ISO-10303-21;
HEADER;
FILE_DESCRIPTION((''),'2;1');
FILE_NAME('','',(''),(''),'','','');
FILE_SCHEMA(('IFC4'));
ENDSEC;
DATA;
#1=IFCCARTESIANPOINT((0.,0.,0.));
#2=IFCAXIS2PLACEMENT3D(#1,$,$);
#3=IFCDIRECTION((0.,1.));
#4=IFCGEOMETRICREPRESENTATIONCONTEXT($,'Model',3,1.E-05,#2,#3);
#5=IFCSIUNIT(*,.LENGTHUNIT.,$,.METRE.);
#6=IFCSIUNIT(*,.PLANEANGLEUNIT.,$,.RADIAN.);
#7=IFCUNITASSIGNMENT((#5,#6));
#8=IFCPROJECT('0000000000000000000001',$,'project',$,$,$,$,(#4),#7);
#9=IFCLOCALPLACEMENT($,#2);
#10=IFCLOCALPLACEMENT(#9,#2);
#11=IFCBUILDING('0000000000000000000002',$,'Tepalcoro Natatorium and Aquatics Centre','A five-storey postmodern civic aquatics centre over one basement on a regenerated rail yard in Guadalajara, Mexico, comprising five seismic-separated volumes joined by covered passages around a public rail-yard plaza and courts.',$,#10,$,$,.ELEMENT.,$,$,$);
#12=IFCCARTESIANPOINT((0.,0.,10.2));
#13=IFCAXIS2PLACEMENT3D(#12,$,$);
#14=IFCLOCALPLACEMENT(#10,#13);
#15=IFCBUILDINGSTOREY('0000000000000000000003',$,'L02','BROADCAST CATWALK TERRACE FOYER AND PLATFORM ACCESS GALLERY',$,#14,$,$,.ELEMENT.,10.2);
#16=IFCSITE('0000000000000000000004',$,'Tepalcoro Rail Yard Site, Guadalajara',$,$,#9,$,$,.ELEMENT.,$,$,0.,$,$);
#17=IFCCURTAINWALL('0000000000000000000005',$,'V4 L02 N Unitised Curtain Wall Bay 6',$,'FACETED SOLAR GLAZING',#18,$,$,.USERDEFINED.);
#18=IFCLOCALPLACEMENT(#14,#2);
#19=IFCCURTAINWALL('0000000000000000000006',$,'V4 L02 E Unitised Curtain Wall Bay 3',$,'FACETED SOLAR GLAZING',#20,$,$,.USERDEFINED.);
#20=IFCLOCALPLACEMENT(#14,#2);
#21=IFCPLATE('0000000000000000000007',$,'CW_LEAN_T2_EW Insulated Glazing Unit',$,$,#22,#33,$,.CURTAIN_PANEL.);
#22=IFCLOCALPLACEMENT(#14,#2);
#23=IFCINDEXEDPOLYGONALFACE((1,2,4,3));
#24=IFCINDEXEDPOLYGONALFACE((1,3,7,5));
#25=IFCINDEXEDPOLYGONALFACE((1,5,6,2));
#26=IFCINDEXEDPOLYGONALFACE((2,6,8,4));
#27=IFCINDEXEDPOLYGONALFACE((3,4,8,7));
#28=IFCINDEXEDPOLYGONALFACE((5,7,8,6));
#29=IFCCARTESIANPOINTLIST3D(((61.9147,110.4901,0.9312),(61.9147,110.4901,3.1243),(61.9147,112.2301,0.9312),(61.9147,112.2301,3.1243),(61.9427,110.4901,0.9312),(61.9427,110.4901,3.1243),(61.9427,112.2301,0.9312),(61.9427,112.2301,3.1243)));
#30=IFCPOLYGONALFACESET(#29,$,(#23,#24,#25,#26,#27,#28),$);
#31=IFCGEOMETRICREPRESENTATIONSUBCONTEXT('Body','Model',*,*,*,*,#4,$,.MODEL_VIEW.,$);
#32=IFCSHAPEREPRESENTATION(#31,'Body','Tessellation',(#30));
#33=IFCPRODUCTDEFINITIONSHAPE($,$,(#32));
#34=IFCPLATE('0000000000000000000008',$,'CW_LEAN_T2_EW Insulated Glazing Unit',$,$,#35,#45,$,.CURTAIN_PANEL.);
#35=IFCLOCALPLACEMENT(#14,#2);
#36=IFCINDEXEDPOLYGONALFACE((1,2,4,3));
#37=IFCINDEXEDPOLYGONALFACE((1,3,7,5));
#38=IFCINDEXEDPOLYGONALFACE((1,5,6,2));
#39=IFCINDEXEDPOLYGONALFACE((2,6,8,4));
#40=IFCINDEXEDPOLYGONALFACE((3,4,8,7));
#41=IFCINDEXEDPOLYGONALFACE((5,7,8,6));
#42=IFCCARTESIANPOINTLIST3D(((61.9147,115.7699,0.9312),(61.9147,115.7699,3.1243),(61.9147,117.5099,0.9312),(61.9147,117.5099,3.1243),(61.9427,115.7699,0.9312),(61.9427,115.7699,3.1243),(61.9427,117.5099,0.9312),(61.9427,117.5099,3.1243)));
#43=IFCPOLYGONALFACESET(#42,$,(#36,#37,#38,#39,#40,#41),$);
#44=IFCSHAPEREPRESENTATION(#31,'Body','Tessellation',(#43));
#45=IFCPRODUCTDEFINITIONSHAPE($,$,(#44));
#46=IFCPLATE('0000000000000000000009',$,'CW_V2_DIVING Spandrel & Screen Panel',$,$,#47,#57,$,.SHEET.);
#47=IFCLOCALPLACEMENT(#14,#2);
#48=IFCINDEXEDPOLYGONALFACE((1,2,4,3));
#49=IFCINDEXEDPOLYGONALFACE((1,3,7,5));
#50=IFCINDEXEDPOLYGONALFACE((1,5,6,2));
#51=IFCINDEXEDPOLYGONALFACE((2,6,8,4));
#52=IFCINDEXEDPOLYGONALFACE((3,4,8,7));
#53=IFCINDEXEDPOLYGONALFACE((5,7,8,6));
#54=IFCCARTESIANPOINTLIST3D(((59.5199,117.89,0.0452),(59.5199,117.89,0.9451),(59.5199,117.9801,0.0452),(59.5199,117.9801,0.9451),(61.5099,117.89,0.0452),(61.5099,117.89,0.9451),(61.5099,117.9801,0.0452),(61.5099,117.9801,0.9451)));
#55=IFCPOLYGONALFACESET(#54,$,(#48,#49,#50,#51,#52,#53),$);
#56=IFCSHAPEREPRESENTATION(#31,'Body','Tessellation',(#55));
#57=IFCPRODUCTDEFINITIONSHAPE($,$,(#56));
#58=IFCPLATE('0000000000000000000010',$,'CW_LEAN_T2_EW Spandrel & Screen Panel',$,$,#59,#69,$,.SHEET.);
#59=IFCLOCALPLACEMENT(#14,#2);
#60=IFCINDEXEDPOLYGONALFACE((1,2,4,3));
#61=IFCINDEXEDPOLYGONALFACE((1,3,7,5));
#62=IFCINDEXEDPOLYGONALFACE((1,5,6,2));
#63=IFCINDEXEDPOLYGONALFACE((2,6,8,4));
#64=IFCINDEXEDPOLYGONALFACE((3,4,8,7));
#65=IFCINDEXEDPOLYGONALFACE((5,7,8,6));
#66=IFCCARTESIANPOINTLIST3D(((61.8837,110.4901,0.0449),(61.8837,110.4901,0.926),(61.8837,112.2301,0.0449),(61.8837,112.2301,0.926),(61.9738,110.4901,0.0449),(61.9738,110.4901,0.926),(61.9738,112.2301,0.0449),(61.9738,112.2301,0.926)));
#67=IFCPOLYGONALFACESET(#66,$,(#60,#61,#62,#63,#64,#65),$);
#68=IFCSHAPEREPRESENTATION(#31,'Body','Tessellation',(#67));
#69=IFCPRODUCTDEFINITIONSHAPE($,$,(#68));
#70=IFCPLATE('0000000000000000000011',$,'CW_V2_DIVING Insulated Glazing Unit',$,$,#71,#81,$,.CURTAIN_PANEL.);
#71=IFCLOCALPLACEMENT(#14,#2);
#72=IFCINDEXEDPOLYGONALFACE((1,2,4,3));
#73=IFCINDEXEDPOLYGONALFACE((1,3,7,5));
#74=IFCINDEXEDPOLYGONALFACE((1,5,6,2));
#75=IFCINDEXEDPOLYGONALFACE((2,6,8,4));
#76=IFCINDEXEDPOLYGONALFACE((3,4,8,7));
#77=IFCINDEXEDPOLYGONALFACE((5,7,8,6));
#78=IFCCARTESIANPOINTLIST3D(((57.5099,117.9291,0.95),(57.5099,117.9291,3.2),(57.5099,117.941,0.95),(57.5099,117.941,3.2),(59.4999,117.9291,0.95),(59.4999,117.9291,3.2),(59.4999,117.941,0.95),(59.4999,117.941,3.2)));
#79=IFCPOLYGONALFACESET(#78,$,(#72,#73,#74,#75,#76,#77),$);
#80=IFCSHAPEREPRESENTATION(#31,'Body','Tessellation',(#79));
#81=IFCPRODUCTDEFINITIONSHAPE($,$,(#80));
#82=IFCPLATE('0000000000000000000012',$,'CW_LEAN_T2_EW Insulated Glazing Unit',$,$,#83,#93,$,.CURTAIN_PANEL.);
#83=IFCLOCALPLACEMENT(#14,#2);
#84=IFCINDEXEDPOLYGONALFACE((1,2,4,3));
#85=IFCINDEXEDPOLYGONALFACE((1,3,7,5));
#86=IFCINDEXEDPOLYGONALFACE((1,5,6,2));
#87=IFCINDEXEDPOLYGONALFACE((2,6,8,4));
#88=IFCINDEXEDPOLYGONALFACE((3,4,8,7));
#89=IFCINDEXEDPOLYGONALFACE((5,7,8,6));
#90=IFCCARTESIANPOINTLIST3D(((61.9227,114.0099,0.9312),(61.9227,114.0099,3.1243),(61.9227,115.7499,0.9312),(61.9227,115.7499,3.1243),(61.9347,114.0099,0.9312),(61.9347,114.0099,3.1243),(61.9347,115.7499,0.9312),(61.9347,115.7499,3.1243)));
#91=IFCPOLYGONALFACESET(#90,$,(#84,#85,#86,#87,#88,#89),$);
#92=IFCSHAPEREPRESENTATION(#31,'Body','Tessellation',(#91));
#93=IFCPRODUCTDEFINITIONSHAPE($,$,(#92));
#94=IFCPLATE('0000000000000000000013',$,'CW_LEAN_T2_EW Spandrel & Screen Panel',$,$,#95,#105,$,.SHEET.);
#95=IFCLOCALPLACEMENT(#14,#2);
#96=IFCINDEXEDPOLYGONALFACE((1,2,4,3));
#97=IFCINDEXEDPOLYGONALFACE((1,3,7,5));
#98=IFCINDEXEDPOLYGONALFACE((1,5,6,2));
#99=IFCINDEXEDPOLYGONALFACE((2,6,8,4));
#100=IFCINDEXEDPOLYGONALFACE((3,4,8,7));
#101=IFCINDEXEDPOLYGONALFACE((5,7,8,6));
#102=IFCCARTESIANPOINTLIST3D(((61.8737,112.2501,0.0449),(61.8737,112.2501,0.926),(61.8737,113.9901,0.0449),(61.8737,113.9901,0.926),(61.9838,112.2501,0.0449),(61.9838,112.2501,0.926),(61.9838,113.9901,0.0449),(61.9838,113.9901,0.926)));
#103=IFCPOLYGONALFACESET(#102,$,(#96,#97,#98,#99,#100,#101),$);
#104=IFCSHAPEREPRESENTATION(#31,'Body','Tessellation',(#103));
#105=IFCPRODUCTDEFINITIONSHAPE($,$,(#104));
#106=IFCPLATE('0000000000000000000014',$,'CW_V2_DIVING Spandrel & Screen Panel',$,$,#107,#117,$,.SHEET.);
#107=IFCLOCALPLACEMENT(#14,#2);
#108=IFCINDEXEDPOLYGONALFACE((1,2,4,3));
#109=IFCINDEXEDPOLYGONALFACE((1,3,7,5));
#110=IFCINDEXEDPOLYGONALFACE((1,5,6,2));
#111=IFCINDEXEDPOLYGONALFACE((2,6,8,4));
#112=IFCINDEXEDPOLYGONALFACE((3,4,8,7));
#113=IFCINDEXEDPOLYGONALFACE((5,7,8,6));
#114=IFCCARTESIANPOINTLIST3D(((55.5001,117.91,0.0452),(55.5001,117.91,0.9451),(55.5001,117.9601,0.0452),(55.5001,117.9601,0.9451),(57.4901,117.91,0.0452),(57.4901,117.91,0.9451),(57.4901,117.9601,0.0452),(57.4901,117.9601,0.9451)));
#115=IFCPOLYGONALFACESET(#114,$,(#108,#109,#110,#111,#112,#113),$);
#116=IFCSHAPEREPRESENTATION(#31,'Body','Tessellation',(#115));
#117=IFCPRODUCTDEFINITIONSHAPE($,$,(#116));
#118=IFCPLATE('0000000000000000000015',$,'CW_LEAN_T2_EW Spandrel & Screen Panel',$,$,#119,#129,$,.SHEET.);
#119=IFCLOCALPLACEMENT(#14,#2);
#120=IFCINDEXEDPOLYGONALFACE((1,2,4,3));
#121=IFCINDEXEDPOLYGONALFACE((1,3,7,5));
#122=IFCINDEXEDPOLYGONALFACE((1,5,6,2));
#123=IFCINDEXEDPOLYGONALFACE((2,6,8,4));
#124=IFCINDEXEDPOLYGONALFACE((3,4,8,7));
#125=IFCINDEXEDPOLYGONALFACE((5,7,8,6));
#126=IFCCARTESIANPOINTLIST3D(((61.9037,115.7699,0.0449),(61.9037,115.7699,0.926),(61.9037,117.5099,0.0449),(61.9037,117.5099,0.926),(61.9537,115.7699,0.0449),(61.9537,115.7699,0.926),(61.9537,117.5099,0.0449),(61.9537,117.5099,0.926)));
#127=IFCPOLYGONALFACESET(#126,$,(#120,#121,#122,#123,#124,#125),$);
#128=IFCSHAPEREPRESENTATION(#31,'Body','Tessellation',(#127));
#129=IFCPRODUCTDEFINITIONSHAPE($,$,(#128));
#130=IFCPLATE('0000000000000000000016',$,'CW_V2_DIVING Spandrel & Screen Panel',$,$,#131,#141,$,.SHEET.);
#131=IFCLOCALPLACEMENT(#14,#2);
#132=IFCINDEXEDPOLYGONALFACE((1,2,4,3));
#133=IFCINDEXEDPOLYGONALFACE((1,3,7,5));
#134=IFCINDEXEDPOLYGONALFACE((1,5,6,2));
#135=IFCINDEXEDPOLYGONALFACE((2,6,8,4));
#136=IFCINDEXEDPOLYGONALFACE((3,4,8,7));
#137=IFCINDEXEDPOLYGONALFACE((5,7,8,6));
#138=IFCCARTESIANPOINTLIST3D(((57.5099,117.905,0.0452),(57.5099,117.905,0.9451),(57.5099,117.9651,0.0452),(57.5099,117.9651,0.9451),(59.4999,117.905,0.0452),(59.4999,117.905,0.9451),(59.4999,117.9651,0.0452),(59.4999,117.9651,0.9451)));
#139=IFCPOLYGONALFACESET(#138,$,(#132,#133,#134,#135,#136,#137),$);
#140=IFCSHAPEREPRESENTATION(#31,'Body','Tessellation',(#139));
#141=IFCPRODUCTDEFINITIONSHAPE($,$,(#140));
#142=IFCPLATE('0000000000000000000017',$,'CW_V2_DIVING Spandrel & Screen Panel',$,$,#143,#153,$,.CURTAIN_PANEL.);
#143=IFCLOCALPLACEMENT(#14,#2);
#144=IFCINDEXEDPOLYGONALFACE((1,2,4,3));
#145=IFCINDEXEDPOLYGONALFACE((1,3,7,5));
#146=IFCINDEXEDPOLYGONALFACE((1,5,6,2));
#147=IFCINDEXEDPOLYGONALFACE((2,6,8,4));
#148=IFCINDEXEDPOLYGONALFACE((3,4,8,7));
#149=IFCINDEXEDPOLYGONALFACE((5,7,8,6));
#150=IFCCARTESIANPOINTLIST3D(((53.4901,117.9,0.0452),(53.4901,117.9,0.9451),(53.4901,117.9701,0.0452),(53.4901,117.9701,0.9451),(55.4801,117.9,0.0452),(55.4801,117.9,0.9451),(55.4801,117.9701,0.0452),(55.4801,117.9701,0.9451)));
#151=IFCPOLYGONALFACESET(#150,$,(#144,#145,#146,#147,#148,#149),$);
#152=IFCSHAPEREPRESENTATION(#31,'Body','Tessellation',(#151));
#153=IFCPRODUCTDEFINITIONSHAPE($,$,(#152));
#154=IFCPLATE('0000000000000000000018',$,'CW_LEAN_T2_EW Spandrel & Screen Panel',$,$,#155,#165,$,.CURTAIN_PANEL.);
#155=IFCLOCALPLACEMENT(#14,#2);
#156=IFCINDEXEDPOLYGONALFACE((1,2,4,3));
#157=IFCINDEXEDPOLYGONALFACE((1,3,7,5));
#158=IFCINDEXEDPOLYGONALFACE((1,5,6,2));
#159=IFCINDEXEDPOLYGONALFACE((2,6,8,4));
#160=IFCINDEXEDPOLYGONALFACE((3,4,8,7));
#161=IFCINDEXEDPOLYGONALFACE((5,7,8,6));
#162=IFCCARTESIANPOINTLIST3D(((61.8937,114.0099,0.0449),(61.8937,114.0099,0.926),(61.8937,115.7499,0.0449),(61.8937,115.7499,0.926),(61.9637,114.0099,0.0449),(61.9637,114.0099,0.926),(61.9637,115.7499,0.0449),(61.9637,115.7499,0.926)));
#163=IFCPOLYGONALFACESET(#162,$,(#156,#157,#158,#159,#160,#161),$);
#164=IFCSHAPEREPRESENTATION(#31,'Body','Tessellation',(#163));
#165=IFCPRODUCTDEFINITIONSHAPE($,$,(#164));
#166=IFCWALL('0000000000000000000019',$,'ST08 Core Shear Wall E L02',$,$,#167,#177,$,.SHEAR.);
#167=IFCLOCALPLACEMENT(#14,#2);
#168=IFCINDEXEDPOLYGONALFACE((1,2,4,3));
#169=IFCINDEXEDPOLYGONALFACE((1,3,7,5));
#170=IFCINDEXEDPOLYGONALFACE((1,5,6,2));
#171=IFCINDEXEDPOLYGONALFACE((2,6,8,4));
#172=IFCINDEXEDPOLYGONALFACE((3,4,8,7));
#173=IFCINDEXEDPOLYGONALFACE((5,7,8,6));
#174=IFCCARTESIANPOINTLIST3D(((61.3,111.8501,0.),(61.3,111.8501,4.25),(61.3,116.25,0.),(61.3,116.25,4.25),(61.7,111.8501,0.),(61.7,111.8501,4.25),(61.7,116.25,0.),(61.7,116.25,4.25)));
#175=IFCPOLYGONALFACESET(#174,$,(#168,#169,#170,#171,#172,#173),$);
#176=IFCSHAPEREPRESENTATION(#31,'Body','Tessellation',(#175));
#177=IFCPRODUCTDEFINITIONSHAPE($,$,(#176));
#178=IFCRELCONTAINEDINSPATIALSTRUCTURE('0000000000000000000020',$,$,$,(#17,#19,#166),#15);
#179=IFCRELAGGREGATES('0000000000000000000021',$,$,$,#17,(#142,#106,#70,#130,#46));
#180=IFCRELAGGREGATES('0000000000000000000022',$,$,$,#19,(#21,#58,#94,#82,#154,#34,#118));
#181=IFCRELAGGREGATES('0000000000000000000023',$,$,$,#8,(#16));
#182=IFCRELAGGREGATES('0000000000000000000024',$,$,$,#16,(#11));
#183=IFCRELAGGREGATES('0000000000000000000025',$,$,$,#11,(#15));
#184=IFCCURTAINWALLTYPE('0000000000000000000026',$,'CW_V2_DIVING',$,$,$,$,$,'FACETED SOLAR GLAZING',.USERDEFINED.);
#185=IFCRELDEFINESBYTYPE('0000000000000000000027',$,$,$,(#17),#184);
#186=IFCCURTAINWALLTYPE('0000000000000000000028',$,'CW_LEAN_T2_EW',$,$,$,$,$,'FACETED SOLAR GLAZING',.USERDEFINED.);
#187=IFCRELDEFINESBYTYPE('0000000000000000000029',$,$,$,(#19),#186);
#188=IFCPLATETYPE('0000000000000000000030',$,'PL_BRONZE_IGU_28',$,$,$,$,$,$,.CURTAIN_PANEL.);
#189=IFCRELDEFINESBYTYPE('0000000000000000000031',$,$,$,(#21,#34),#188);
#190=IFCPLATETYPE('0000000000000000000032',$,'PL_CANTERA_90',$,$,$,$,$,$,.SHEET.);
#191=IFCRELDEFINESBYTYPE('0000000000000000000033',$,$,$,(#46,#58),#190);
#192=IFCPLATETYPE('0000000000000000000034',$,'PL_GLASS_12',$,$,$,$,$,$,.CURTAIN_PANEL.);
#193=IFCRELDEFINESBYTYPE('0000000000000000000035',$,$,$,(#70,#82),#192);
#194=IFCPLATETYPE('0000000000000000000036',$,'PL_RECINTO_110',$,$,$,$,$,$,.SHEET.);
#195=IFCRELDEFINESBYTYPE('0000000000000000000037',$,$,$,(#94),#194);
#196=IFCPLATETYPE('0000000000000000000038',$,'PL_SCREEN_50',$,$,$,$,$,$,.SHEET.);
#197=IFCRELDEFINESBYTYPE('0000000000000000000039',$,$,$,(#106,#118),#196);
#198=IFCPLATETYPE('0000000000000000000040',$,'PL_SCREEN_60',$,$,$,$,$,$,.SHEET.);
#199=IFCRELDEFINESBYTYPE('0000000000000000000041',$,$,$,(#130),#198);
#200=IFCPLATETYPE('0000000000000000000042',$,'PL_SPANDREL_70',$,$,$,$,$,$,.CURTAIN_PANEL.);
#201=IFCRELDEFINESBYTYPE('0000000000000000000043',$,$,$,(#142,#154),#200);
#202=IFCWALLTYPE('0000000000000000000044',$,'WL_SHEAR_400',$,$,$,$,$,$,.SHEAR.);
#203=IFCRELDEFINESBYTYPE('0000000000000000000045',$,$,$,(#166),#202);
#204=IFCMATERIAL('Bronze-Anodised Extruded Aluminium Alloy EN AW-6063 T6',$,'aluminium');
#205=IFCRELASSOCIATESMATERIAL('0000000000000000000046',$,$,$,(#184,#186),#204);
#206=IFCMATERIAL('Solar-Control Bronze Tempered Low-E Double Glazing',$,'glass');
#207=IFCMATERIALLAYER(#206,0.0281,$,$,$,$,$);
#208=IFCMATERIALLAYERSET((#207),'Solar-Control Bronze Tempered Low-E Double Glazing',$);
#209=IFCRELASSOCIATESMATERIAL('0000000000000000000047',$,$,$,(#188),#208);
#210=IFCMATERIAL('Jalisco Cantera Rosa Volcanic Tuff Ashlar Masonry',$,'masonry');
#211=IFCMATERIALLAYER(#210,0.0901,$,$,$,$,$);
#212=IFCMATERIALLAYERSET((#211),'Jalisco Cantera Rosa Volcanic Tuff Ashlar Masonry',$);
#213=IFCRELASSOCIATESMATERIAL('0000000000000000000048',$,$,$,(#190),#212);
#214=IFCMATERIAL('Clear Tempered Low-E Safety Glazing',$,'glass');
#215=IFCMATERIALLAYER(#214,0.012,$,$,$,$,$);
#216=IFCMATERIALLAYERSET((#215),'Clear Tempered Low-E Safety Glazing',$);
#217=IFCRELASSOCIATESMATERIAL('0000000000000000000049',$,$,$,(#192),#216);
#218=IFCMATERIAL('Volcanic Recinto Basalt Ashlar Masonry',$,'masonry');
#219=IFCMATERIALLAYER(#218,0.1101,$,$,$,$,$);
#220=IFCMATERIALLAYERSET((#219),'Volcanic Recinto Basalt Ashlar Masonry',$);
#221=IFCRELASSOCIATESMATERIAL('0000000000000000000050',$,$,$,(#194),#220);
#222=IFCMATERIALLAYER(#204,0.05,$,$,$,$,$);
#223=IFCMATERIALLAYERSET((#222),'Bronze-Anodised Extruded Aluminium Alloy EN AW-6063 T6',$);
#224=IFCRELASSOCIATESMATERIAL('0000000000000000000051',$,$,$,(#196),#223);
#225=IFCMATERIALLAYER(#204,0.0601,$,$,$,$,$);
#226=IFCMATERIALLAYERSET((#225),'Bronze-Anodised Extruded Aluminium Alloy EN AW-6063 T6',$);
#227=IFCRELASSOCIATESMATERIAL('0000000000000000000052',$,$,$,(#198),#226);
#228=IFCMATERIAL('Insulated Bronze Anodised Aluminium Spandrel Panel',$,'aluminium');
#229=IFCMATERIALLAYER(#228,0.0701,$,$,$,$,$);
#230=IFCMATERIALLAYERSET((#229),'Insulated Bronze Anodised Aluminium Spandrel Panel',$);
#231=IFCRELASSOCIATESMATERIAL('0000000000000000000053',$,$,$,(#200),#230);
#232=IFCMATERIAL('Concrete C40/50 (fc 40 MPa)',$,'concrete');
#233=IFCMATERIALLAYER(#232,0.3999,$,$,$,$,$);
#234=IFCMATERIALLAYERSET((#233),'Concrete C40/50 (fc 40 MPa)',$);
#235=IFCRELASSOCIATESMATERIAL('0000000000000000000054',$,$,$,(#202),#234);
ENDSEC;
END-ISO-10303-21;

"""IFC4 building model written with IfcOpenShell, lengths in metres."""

from ifc_helpers import new_model, si_unit, direction, frame, frame_2d, origin, origin_2d, place, context, subcontext, project, spatial, rectangle, extrude, material, layer, layer_set, type_object, element, aggregate, save


model = new_model("IFC4")

# Units and contexts
model_context = context("Model", 3, precision=1e-05, world=origin(), true_north=direction((0.0, 1.0)))
body_context = subcontext(model_context, "Body", "Model", "MODEL_VIEW")
ifc_project = project(units=[si_unit("LENGTHUNIT", "METRE"), si_unit("PLANEANGLEUNIT", "RADIAN")], contexts=[model_context])

# Site, building, storey
site_placement = place(None, origin())
site = spatial("IfcSite", under=ifc_project, at=site_placement, Name="Tepalcoro Rail Yard Site, Guadalajara", CompositionType="ELEMENT", RefElevation=0.0)
building_placement = place(site_placement, origin())
building = spatial("IfcBuilding", under=site, at=building_placement, Name="Tepalcoro Natatorium and Aquatics Centre", Description="A five-storey postmodern civic aquatics centre over one basement on a regenerated rail yard in Guadalajara, Mexico, comprising five seismic-separated volumes joined by covered passages around a public rail-yard plaza and courts.", CompositionType="ELEMENT")
storey_placement = place(building_placement, frame((0.0, 0.0, 10.2)))
storey = spatial("IfcBuildingStorey", under=building, at=storey_placement, Name="L02", Description="BROADCAST CATWALK TERRACE FOYER AND PLATFORM ACCESS GALLERY", CompositionType="ELEMENT", Elevation=10.2)

# Shared definitions
ifc_material_1 = material(Name="Concrete C40/50 (fc 40 MPa)", Category="concrete")

# Curtain walls
ifc_material_2 = material(Name="Bronze-Anodised Extruded Aluminium Alloy EN AW-6063 T6", Category="aluminium")
curtain_wall_type_1 = type_object("IfcCurtainWallType", Name="CW_V2_DIVING", ElementType="FACETED SOLAR GLAZING", PredefinedType="USERDEFINED", material=ifc_material_2)
curtain_wall_1_placement = place(storey_placement, origin())
curtain_wall_1 = element("IfcCurtainWall", 1, at=curtain_wall_1_placement, inside=storey, type_object=curtain_wall_type_1, Name="V4 L02 N Unitised Curtain Wall Bay 6", ObjectType="FACETED SOLAR GLAZING", PredefinedType="USERDEFINED")
curtain_wall_type_2 = type_object("IfcCurtainWallType", Name="CW_LEAN_T2_EW", ElementType="FACETED SOLAR GLAZING", PredefinedType="USERDEFINED", material=ifc_material_2)
curtain_wall_2_placement = place(storey_placement, origin())
curtain_wall_2 = element("IfcCurtainWall", 2, at=curtain_wall_2_placement, inside=storey, type_object=curtain_wall_type_2, Name="V4 L02 E Unitised Curtain Wall Bay 3", ObjectType="FACETED SOLAR GLAZING", PredefinedType="USERDEFINED")

# Plates
ifc_material_3 = material(Name="Solar-Control Bronze Tempered Low-E Double Glazing", Category="glass")
ifc_layer_1 = layer(ifc_material_3, 0.0281)
ifc_layer_set_1 = layer_set([ifc_layer_1], Name="Solar-Control Bronze Tempered Low-E Double Glazing")
plate_type_1 = type_object("IfcPlateType", Name="PL_BRONZE_IGU_28", PredefinedType="CURTAIN_PANEL", material=ifc_layer_set_1)
plate_1_placement = place(storey_placement, frame((61.9287, 111.3601, 0.9312), z_axis=(0.0, 0.0, 1.0), x_axis=(1.0, 0.0, 0.0)))
plate_1 = element("IfcPlate", 3, at=plate_1_placement, type_object=plate_type_1, Name="CW_LEAN_T2_EW Insulated Glazing Unit", PredefinedType="CURTAIN_PANEL", context=body_context, shape_type="SweptSolid", body=[
    extrude(rectangle(XDim=0.0281, YDim=1.74, at=origin_2d()), origin(), (0.0, 0.0, 1.0), 2.1931),
])
plate_2_placement = place(storey_placement, frame((61.9287, 116.6399, 0.9312), z_axis=(0.0, 0.0, 1.0), x_axis=(1.0, 0.0, 0.0)))
plate_2 = element("IfcPlate", 4, at=plate_2_placement, type_object=plate_type_1, Name="CW_LEAN_T2_EW Insulated Glazing Unit", PredefinedType="CURTAIN_PANEL", context=body_context, shape_type="SweptSolid", body=[
    extrude(rectangle(XDim=0.0281, YDim=1.74, at=origin_2d()), origin(), (0.0, 0.0, 1.0), 2.1931),
])
ifc_material_4 = material(Name="Jalisco Cantera Rosa Volcanic Tuff Ashlar Masonry", Category="masonry")
ifc_layer_2 = layer(ifc_material_4, 0.0901)
ifc_layer_set_2 = layer_set([ifc_layer_2], Name="Jalisco Cantera Rosa Volcanic Tuff Ashlar Masonry")
plate_type_2 = type_object("IfcPlateType", Name="PL_CANTERA_90", PredefinedType="SHEET", material=ifc_layer_set_2)
plate_3_placement = place(storey_placement, frame((60.5149, 117.9351, 0.0452), z_axis=(0.0, 0.0, 1.0), x_axis=(1.0, 0.0, 0.0)))
plate_3 = element("IfcPlate", 5, at=plate_3_placement, type_object=plate_type_2, Name="CW_V2_DIVING Spandrel & Screen Panel", PredefinedType="SHEET", context=body_context, shape_type="SweptSolid", body=[
    extrude(rectangle(XDim=1.99, YDim=0.0901, at=origin_2d()), origin(), (0.0, 0.0, 1.0), 0.8999),
])
plate_4_placement = place(storey_placement, frame((61.9287, 111.3601, 0.0449), z_axis=(0.0, 0.0, 1.0), x_axis=(1.0, 0.0, 0.0)))
plate_4 = element("IfcPlate", 6, at=plate_4_placement, type_object=plate_type_2, Name="CW_LEAN_T2_EW Spandrel & Screen Panel", PredefinedType="SHEET", context=body_context, shape_type="SweptSolid", body=[
    extrude(rectangle(XDim=0.0901, YDim=1.74, at=origin_2d()), origin(), (0.0, 0.0, 1.0), 0.8811),
])
ifc_material_5 = material(Name="Clear Tempered Low-E Safety Glazing", Category="glass")
ifc_layer_3 = layer(ifc_material_5, 0.012)
ifc_layer_set_3 = layer_set([ifc_layer_3], Name="Clear Tempered Low-E Safety Glazing")
plate_type_3 = type_object("IfcPlateType", Name="PL_GLASS_12", PredefinedType="CURTAIN_PANEL", material=ifc_layer_set_3)
plate_5_placement = place(storey_placement, frame((58.5049, 117.9351, 0.95), z_axis=(0.0, 0.0, 1.0), x_axis=(1.0, 0.0, 0.0)))
plate_5 = element("IfcPlate", 7, at=plate_5_placement, type_object=plate_type_3, Name="CW_V2_DIVING Insulated Glazing Unit", PredefinedType="CURTAIN_PANEL", context=body_context, shape_type="SweptSolid", body=[
    extrude(rectangle(XDim=1.99, YDim=0.012, at=origin_2d()), origin(), (0.0, 0.0, 1.0), 2.25),
])
plate_6_placement = place(storey_placement, frame((61.9287, 114.8799, 0.9312), z_axis=(0.0, 0.0, 1.0), x_axis=(1.0, 0.0, 0.0)))
plate_6 = element("IfcPlate", 8, at=plate_6_placement, type_object=plate_type_3, Name="CW_LEAN_T2_EW Insulated Glazing Unit", PredefinedType="CURTAIN_PANEL", context=body_context, shape_type="SweptSolid", body=[
    extrude(rectangle(XDim=0.012, YDim=1.74, at=origin_2d()), origin(), (0.0, 0.0, 1.0), 2.1931),
])
ifc_material_6 = material(Name="Volcanic Recinto Basalt Ashlar Masonry", Category="masonry")
ifc_layer_4 = layer(ifc_material_6, 0.1101)
ifc_layer_set_4 = layer_set([ifc_layer_4], Name="Volcanic Recinto Basalt Ashlar Masonry")
plate_type_4 = type_object("IfcPlateType", Name="PL_RECINTO_110", PredefinedType="SHEET", material=ifc_layer_set_4)
plate_7_placement = place(storey_placement, frame((61.9287, 113.1201, 0.0449), z_axis=(0.0, 0.0, 1.0), x_axis=(1.0, 0.0, 0.0)))
plate_7 = element("IfcPlate", 9, at=plate_7_placement, type_object=plate_type_4, Name="CW_LEAN_T2_EW Spandrel & Screen Panel", PredefinedType="SHEET", context=body_context, shape_type="SweptSolid", body=[
    extrude(rectangle(XDim=0.1101, YDim=1.74, at=origin_2d()), origin(), (0.0, 0.0, 1.0), 0.8811),
])
ifc_layer_5 = layer(ifc_material_2, 0.05)
ifc_layer_set_5 = layer_set([ifc_layer_5], Name="Bronze-Anodised Extruded Aluminium Alloy EN AW-6063 T6")
plate_type_5 = type_object("IfcPlateType", Name="PL_SCREEN_50", PredefinedType="SHEET", material=ifc_layer_set_5)
plate_8_placement = place(storey_placement, frame((56.4951, 117.9351, 0.0452), z_axis=(0.0, 0.0, 1.0), x_axis=(1.0, 0.0, 0.0)))
plate_8 = element("IfcPlate", 10, at=plate_8_placement, type_object=plate_type_5, Name="CW_V2_DIVING Spandrel & Screen Panel", PredefinedType="SHEET", context=body_context, shape_type="SweptSolid", body=[
    extrude(rectangle(XDim=1.99, YDim=0.05, at=origin_2d()), origin(), (0.0, 0.0, 1.0), 0.8999),
])
plate_9_placement = place(storey_placement, frame((61.9287, 116.6399, 0.0449), z_axis=(0.0, 0.0, 1.0), x_axis=(1.0, 0.0, 0.0)))
plate_9 = element("IfcPlate", 11, at=plate_9_placement, type_object=plate_type_5, Name="CW_LEAN_T2_EW Spandrel & Screen Panel", PredefinedType="SHEET", context=body_context, shape_type="SweptSolid", body=[
    extrude(rectangle(XDim=0.05, YDim=1.74, at=origin_2d()), origin(), (0.0, 0.0, 1.0), 0.8811),
])
ifc_layer_6 = layer(ifc_material_2, 0.0601)
ifc_layer_set_6 = layer_set([ifc_layer_6], Name="Bronze-Anodised Extruded Aluminium Alloy EN AW-6063 T6")
plate_type_6 = type_object("IfcPlateType", Name="PL_SCREEN_60", PredefinedType="SHEET", material=ifc_layer_set_6)
plate_10_placement = place(storey_placement, frame((58.5049, 117.9351, 0.0452), z_axis=(0.0, 0.0, 1.0), x_axis=(1.0, 0.0, 0.0)))
plate_10 = element("IfcPlate", 12, at=plate_10_placement, type_object=plate_type_6, Name="CW_V2_DIVING Spandrel & Screen Panel", PredefinedType="SHEET", context=body_context, shape_type="SweptSolid", body=[
    extrude(rectangle(XDim=1.99, YDim=0.0601, at=origin_2d()), origin(), (0.0, 0.0, 1.0), 0.8999),
])
ifc_material_7 = material(Name="Insulated Bronze Anodised Aluminium Spandrel Panel", Category="aluminium")
ifc_layer_7 = layer(ifc_material_7, 0.0701)
ifc_layer_set_7 = layer_set([ifc_layer_7], Name="Insulated Bronze Anodised Aluminium Spandrel Panel")
plate_type_7 = type_object("IfcPlateType", Name="PL_SPANDREL_70", PredefinedType="CURTAIN_PANEL", material=ifc_layer_set_7)
plate_11_placement = place(storey_placement, frame((54.4851, 117.9351, 0.0452), z_axis=(0.0, 0.0, 1.0), x_axis=(1.0, 0.0, 0.0)))
plate_11 = element("IfcPlate", 13, at=plate_11_placement, type_object=plate_type_7, Name="CW_V2_DIVING Spandrel & Screen Panel", PredefinedType="CURTAIN_PANEL", context=body_context, shape_type="SweptSolid", body=[
    extrude(rectangle(XDim=1.99, YDim=0.0701, at=origin_2d()), origin(), (0.0, 0.0, 1.0), 0.8999),
])
aggregate(curtain_wall_1, [plate_11, plate_8, plate_5, plate_10, plate_3])
plate_12_placement = place(storey_placement, frame((61.9287, 114.8799, 0.0449), z_axis=(0.0, 0.0, 1.0), x_axis=(1.0, 0.0, 0.0)))
plate_12 = element("IfcPlate", 14, at=plate_12_placement, type_object=plate_type_7, Name="CW_LEAN_T2_EW Spandrel & Screen Panel", PredefinedType="CURTAIN_PANEL", context=body_context, shape_type="SweptSolid", body=[
    extrude(rectangle(XDim=0.0701, YDim=1.74, at=origin_2d()), origin(), (0.0, 0.0, 1.0), 0.8811),
])
aggregate(curtain_wall_2, [plate_1, plate_4, plate_7, plate_6, plate_12, plate_2, plate_9])

# Wall
ifc_layer_8 = layer(ifc_material_1, 0.3999)
ifc_layer_set_8 = layer_set([ifc_layer_8], Name="Concrete C40/50 (fc 40 MPa)")
wall_type = type_object("IfcWallType", Name="WL_SHEAR_400", PredefinedType="SHEAR", material=ifc_layer_set_8)
wall_placement = place(storey_placement, frame((61.5, 111.8501, 0.0), z_axis=(0.0, 0.0, 1.0), x_axis=(0.0, 1.0, 0.0)))
element("IfcWall", 15, at=wall_placement, inside=storey, type_object=wall_type, Name="ST08 Core Shear Wall E L02", PredefinedType="SHEAR", context=body_context, shape_type="SweptSolid", body=[
    extrude(rectangle(XDim=4.3999, YDim=0.3999, at=frame_2d((2.2, 0.0))), origin(), (0.0, 0.0, 1.0), 4.25),
])

save(model, "model.ifc")
